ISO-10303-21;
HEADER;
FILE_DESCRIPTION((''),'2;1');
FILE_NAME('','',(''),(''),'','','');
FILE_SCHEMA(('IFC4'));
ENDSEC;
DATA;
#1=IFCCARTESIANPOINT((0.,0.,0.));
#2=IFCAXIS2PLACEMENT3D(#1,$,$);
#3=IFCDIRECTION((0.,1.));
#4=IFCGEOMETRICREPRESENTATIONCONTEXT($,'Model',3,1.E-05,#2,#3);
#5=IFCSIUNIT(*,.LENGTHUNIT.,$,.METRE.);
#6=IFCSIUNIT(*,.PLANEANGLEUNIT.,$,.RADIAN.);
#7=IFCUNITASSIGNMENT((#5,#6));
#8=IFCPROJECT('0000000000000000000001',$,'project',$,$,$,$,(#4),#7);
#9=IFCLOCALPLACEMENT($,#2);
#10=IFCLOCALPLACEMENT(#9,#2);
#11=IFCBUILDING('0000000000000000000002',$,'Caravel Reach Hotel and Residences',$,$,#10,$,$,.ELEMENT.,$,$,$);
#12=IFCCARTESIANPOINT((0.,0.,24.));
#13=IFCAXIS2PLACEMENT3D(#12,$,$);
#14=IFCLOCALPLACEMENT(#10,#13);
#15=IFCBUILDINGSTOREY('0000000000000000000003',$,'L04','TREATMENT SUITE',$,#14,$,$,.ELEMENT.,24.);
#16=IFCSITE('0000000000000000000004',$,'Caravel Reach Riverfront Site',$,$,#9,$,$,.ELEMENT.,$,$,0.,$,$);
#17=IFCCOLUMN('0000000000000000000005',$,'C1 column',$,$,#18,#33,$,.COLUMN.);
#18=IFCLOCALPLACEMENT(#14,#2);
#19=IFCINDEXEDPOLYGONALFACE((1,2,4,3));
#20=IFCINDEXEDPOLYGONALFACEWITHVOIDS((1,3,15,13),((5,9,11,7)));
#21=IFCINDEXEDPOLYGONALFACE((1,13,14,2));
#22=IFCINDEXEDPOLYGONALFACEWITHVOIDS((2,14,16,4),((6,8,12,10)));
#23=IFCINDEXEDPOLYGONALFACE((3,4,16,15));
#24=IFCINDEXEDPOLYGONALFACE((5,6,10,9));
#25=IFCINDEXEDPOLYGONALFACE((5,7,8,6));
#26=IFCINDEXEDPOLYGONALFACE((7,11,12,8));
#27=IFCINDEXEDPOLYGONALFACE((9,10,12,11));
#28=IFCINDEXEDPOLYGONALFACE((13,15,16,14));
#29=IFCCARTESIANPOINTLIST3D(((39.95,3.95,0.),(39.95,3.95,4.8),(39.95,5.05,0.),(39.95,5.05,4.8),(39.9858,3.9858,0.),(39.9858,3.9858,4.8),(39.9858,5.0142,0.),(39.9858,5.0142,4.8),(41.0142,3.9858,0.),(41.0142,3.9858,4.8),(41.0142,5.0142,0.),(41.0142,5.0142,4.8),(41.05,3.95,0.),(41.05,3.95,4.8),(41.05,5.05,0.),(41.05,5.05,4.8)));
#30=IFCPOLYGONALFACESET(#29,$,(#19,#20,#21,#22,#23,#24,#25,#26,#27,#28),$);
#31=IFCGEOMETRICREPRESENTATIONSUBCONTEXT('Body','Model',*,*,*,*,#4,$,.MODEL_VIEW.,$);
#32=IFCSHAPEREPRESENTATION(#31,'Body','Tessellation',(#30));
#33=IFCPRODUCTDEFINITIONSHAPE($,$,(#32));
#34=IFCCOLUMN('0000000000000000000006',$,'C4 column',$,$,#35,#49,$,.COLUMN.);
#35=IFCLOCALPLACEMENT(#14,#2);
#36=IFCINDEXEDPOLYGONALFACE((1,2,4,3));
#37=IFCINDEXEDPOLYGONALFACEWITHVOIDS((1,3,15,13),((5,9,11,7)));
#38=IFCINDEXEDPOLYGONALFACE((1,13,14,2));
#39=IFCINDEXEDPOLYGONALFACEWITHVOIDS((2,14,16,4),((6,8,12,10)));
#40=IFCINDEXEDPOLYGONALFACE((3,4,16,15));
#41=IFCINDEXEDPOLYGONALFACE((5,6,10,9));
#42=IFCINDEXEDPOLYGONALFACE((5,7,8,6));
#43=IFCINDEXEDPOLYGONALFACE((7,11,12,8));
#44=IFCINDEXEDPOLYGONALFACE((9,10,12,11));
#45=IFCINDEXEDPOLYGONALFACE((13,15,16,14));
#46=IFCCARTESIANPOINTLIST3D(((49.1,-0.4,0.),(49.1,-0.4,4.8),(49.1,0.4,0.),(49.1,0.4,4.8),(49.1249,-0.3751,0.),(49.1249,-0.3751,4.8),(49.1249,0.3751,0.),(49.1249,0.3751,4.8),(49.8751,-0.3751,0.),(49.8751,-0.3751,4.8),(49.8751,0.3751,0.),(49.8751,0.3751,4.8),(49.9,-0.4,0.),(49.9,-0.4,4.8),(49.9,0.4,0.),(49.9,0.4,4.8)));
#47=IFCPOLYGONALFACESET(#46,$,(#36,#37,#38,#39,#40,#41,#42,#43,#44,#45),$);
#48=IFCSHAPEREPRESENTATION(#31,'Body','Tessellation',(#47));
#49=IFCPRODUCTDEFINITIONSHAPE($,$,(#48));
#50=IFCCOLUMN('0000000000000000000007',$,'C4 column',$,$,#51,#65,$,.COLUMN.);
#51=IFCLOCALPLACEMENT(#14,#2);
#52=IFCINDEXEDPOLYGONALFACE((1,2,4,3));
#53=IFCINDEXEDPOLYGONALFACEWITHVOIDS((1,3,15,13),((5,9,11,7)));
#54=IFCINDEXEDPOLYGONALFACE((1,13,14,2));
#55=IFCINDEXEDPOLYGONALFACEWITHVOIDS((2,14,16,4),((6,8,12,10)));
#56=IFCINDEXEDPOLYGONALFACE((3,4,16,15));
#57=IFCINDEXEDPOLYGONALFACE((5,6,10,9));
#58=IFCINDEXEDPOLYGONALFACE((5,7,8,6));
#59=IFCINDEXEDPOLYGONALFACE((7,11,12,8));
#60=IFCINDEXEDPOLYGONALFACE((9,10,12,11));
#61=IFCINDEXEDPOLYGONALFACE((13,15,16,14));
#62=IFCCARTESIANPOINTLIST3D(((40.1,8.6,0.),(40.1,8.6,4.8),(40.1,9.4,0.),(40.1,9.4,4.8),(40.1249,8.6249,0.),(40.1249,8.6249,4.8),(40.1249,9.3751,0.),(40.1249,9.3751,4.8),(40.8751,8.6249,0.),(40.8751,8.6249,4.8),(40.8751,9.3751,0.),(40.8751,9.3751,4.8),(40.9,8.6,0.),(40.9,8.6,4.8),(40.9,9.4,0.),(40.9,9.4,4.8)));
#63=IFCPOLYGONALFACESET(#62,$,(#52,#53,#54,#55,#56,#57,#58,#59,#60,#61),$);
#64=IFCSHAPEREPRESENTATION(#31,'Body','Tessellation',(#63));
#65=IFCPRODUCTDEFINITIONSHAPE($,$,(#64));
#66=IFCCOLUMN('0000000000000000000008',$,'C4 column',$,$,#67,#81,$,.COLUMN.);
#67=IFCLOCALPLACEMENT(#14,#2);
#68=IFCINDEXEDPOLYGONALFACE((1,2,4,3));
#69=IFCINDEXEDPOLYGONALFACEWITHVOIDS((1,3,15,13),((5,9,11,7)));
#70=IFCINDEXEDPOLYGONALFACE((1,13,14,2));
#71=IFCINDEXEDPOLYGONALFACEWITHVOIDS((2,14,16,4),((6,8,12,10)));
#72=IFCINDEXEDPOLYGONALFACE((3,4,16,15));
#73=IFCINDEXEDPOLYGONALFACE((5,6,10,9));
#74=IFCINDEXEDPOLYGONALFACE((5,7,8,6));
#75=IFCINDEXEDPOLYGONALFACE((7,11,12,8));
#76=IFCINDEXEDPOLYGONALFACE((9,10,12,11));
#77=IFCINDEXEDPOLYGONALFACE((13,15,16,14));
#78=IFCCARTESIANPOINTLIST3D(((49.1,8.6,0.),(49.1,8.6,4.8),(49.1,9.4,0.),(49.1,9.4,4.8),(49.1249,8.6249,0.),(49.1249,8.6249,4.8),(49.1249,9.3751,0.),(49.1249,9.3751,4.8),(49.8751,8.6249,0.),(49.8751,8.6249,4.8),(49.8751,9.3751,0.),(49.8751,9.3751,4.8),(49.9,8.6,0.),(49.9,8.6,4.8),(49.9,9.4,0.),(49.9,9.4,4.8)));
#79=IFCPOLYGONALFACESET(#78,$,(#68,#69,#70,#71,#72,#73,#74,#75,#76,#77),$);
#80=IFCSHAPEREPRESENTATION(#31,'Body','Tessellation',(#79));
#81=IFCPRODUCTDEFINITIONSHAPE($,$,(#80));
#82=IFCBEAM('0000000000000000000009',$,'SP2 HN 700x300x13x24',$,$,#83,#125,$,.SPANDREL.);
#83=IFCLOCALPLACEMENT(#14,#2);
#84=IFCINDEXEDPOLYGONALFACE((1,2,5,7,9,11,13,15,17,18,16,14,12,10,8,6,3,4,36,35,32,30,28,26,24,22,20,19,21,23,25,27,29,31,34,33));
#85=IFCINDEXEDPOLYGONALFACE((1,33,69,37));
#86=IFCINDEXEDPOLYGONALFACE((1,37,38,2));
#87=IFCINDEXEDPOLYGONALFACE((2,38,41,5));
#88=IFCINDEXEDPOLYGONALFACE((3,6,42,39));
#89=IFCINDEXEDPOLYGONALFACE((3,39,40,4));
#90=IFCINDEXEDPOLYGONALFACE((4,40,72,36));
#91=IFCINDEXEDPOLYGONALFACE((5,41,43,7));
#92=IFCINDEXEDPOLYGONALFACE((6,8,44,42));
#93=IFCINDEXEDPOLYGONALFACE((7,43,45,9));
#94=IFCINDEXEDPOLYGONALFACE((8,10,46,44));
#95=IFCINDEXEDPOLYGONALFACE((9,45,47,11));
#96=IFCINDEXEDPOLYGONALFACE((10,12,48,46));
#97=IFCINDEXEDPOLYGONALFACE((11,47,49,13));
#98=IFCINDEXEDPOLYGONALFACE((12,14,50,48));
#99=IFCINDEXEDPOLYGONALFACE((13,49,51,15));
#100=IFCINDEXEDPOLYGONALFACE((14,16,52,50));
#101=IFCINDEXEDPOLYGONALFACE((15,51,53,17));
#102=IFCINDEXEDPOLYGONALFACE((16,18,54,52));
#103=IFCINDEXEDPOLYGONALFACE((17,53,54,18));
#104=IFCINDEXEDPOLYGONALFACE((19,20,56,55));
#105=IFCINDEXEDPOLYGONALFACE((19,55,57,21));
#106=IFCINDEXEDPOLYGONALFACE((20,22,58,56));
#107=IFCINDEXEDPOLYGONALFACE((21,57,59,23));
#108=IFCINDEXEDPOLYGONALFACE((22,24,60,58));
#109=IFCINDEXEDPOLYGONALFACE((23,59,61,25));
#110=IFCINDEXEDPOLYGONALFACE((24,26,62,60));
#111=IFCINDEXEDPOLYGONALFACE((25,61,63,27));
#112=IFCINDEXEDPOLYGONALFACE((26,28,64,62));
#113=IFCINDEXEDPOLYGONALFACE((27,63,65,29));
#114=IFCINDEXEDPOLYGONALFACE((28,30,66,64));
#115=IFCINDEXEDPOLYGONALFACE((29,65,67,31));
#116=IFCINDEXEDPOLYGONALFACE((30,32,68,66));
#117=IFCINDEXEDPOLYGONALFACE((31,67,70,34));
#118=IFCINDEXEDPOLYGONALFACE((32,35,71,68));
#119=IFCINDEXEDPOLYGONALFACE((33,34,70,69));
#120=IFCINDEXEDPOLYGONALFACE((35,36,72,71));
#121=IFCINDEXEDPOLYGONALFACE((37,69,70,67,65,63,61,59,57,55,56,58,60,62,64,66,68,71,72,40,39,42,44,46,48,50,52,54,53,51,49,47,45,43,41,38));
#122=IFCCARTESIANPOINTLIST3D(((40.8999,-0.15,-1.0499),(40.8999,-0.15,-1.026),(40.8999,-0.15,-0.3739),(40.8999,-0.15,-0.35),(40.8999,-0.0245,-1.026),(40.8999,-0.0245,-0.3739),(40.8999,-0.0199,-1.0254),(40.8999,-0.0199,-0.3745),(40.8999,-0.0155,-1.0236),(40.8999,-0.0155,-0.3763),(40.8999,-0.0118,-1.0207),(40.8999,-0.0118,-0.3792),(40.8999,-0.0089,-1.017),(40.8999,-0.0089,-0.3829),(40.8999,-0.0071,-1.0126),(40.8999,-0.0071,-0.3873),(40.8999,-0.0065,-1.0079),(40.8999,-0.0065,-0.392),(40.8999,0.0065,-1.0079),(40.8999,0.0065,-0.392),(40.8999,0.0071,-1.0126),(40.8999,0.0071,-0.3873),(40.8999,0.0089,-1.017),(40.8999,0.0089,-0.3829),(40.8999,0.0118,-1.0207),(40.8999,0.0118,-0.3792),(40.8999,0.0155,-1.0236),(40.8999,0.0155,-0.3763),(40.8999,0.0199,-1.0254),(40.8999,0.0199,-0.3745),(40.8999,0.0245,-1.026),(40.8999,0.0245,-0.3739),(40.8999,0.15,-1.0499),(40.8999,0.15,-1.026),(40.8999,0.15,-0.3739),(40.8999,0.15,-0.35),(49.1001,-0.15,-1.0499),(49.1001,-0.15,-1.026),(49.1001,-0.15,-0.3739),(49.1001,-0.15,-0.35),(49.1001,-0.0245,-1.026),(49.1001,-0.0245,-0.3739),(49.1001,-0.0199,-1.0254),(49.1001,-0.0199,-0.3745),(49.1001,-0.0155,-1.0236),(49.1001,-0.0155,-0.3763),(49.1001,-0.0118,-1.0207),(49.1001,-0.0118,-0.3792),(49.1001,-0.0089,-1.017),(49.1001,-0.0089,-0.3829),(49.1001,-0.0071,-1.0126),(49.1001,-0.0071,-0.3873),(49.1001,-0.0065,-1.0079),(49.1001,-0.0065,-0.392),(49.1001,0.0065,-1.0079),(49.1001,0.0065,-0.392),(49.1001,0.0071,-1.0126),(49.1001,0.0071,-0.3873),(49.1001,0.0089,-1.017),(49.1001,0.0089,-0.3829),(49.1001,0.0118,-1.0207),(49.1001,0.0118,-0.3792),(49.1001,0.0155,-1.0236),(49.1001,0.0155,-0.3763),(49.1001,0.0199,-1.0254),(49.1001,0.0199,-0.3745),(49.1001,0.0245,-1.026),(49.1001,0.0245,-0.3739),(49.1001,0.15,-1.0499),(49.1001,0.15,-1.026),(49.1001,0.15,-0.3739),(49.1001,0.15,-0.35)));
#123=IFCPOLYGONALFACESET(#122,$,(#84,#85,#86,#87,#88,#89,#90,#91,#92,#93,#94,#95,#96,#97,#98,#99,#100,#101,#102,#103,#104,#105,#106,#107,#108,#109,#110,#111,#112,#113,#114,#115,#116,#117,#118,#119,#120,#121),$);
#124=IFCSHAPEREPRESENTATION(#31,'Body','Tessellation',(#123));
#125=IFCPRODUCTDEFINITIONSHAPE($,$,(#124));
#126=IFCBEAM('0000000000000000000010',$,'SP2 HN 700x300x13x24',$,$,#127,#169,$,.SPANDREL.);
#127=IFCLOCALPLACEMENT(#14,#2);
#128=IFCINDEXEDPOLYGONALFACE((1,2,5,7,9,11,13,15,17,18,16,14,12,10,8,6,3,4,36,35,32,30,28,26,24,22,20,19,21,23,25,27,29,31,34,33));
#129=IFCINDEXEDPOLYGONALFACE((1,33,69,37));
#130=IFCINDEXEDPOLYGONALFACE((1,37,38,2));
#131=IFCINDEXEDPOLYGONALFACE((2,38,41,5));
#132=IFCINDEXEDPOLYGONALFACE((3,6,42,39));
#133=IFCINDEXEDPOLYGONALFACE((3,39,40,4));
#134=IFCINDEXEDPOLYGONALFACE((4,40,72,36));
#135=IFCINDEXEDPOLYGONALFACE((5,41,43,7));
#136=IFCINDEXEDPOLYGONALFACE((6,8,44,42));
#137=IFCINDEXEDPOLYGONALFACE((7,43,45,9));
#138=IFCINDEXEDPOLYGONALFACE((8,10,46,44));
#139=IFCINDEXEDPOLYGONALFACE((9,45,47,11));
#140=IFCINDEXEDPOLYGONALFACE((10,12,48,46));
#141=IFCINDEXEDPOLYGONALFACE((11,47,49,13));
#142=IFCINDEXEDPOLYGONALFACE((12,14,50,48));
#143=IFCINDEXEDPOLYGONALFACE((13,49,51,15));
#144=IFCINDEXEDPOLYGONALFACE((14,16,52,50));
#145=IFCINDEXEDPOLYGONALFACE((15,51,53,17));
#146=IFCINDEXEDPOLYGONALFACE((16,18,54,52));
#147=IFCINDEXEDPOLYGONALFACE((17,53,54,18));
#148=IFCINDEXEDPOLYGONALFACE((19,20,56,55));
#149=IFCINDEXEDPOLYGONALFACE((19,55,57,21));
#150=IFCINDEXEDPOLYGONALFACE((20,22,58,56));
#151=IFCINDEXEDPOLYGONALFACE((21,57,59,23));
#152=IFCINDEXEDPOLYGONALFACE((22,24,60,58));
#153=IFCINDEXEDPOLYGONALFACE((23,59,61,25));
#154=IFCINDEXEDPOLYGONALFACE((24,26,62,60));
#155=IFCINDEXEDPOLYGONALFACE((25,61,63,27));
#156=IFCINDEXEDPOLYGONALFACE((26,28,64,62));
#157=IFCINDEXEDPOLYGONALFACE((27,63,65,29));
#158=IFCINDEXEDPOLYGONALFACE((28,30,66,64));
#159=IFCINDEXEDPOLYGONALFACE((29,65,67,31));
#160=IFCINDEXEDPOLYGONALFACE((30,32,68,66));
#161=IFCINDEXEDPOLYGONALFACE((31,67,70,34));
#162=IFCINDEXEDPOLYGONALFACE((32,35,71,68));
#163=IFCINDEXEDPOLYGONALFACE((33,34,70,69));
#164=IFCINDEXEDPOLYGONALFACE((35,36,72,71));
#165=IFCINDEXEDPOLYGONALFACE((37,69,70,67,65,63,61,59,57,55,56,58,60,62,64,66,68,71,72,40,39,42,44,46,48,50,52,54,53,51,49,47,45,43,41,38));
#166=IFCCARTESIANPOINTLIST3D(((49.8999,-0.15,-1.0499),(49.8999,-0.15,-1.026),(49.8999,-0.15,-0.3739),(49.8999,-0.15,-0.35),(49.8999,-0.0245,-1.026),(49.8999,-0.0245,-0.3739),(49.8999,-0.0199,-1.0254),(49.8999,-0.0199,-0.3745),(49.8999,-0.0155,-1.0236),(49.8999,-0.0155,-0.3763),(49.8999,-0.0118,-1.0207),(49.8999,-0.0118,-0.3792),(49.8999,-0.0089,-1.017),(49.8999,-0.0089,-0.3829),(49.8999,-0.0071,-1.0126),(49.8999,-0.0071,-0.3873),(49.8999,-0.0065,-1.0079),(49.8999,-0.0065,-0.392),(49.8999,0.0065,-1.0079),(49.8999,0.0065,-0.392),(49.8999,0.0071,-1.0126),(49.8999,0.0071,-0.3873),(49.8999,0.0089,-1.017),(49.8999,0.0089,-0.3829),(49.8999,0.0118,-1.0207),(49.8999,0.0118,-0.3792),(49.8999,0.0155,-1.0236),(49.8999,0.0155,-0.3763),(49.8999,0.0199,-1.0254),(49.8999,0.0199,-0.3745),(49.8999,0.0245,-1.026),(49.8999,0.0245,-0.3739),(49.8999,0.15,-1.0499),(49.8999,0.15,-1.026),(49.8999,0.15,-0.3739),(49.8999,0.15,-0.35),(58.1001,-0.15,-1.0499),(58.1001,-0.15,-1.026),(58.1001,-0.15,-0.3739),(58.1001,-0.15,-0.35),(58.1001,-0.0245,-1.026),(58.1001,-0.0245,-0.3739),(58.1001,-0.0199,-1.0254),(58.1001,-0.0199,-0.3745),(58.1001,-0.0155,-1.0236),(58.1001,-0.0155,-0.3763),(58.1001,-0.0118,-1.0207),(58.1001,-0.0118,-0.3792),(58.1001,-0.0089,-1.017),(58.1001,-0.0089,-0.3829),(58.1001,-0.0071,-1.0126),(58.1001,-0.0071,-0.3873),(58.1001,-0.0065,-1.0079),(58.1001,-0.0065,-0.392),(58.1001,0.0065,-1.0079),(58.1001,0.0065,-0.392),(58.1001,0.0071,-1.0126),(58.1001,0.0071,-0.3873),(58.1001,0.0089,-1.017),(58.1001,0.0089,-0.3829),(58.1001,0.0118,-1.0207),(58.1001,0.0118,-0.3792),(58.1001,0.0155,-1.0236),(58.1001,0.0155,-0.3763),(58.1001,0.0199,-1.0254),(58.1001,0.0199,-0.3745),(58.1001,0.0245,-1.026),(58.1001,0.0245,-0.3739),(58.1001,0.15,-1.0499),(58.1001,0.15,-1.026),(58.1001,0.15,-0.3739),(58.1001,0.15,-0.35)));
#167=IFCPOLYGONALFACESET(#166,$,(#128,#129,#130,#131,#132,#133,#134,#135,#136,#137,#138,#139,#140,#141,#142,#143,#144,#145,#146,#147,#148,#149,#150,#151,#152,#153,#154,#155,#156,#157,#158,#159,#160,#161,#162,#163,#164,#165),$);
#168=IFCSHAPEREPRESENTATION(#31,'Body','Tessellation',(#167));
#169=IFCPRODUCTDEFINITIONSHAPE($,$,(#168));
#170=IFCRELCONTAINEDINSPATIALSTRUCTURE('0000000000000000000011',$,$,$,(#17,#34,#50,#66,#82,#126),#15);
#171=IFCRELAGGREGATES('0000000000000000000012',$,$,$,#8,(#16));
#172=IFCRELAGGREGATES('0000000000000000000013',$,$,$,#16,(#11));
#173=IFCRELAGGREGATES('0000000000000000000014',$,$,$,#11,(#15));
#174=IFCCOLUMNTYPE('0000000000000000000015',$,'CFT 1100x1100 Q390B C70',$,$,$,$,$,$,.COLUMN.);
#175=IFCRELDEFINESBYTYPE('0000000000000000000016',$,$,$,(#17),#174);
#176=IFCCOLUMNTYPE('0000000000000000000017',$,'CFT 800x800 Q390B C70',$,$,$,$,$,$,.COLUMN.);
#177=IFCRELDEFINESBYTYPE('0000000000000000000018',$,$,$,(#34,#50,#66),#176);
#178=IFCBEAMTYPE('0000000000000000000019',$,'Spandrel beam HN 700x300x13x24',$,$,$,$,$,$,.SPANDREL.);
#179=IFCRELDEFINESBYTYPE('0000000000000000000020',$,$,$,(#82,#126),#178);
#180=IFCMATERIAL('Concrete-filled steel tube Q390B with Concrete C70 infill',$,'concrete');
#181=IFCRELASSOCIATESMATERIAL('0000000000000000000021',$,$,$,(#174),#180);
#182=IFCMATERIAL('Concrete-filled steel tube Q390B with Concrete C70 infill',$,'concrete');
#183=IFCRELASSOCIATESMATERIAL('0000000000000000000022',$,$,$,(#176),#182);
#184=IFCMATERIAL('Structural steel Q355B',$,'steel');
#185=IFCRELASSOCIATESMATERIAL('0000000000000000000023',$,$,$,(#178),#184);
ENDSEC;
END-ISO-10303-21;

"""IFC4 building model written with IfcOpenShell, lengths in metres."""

from ifc_helpers import new_model, si_unit, direction, frame, origin, origin_2d, place, context, subcontext, project, spatial, hollow_rectangle, i_section, extrude, material, material_profile, profile_set, type_object, element, save


model = new_model("IFC4")

# Units and contexts
model_context = context("Model", 3, precision=1e-05, world=origin(), true_north=direction((0.0, 1.0)))
body_context = subcontext(model_context, "Body", "Model", "MODEL_VIEW")
ifc_project = project(units=[si_unit("LENGTHUNIT", "METRE"), si_unit("PLANEANGLEUNIT", "RADIAN")], contexts=[model_context])

# Site, building, storey
site_placement = place(None, origin())
site = spatial("IfcSite", under=ifc_project, at=site_placement, Name="Caravel Reach Riverfront Site", CompositionType="ELEMENT", RefElevation=0.0)
building_placement = place(site_placement, origin())
building = spatial("IfcBuilding", under=site, at=building_placement, Name="Caravel Reach Hotel and Residences", CompositionType="ELEMENT")
storey_placement = place(building_placement, frame((0.0, 0.0, 24.0)))
storey = spatial("IfcBuildingStorey", under=building, at=storey_placement, Name="L04", Description="TREATMENT SUITE", CompositionType="ELEMENT", Elevation=24.0)

# Columns
ifc_material_1 = material(Name="Concrete-filled steel tube Q390B with Concrete C70 infill", Category="concrete")
ifc_material_profile_1 = material_profile(ifc_material_1, hollow_rectangle(XDim=1.1001, YDim=1.1001, WallThickness=0.0359, at=origin_2d()), Name="RHS 1100x1100x36")
ifc_profile_set_1 = profile_set([ifc_material_profile_1], Name="Concrete-filled steel tube Q390B with Concrete C70 infill")
column_type_1 = type_object("IfcColumnType", Name="CFT 1100x1100 Q390B C70", PredefinedType="COLUMN", material=ifc_profile_set_1)
column_placement = place(storey_placement, frame((40.5, 4.5, 0.0), z_axis=(0.0, 0.0, 1.0), x_axis=(1.0, 0.0, 0.0)))
element("IfcColumn", 1, at=column_placement, inside=storey, type_object=column_type_1, Name="C1 column", PredefinedType="COLUMN", context=body_context, shape_type="SweptSolid", body=[
    extrude(hollow_rectangle(XDim=1.1001, YDim=1.1001, WallThickness=0.0359, at=origin_2d()), origin(), (0.0, 0.0, 1.0), 4.8),
])
ifc_material_2 = material(Name="Concrete-filled steel tube Q390B with Concrete C70 infill", Category="concrete")
ifc_material_profile_2 = material_profile(ifc_material_2, hollow_rectangle(XDim=0.8, YDim=0.8, WallThickness=0.0249, at=origin_2d()), Name="RHS 800x800x25")
ifc_profile_set_2 = profile_set([ifc_material_profile_2], Name="Concrete-filled steel tube Q390B with Concrete C70 infill")
column_type_2 = type_object("IfcColumnType", Name="CFT 800x800 Q390B C70", PredefinedType="COLUMN", material=ifc_profile_set_2)
for number, where, z_axis, x_axis, name in (
    (2, (49.5, 0.0, 0.0), (0.0, 0.0, 1.0), (1.0, 0.0, 0.0), "C4 column"),
    (3, (40.5, 9.0, 0.0), (0.0, 0.0, 1.0), (1.0, 0.0, 0.0), "C4 column"),
    (4, (49.5, 9.0, 0.0), (0.0, 0.0, 1.0), (1.0, 0.0, 0.0), "C4 column"),
):
    element("IfcColumn", number, at=place(storey_placement, frame(where, z_axis=z_axis, x_axis=x_axis)), inside=storey, type_object=column_type_2, Name=name, PredefinedType="COLUMN", context=body_context, shape_type="SweptSolid", body=[
        extrude(hollow_rectangle(XDim=0.8, YDim=0.8, WallThickness=0.0249, at=origin_2d()), origin(), (0.0, 0.0, 1.0), 4.8),
    ])

# Beams
ifc_material_3 = material(Name="Structural steel Q355B", Category="steel")
ifc_material_profile_3 = material_profile(ifc_material_3, i_section(OverallWidth=0.3, OverallDepth=0.7, WebThickness=0.0129, FlangeThickness=0.0239, FilletRadius=0.0181, at=origin_2d()), Name="HN 700x300x13x24")
ifc_profile_set_3 = profile_set([ifc_material_profile_3], Name="Structural steel Q355B")
beam_type = type_object("IfcBeamType", Name="Spandrel beam HN 700x300x13x24", PredefinedType="SPANDREL", material=ifc_profile_set_3)
for number, where, z_axis, x_axis, name in (
    (5, (40.8999, 0.0, -0.7), (1.0, 0.0, 0.0), (0.0, 1.0, 0.0), "SP2 HN 700x300x13x24"),
    (6, (49.8999, 0.0, -0.7), (1.0, 0.0, 0.0), (0.0, 1.0, 0.0), "SP2 HN 700x300x13x24"),
):
    element("IfcBeam", number, at=place(storey_placement, frame(where, z_axis=z_axis, x_axis=x_axis)), inside=storey, type_object=beam_type, Name=name, PredefinedType="SPANDREL", context=body_context, shape_type="SweptSolid", body=[
        extrude(i_section(OverallWidth=0.3, OverallDepth=0.7, WebThickness=0.0129, FlangeThickness=0.0239, FilletRadius=0.0181, at=origin_2d()), origin(), (0.0, 0.0, 1.0), 8.2002),
    ])

save(model, "model.ifc")
